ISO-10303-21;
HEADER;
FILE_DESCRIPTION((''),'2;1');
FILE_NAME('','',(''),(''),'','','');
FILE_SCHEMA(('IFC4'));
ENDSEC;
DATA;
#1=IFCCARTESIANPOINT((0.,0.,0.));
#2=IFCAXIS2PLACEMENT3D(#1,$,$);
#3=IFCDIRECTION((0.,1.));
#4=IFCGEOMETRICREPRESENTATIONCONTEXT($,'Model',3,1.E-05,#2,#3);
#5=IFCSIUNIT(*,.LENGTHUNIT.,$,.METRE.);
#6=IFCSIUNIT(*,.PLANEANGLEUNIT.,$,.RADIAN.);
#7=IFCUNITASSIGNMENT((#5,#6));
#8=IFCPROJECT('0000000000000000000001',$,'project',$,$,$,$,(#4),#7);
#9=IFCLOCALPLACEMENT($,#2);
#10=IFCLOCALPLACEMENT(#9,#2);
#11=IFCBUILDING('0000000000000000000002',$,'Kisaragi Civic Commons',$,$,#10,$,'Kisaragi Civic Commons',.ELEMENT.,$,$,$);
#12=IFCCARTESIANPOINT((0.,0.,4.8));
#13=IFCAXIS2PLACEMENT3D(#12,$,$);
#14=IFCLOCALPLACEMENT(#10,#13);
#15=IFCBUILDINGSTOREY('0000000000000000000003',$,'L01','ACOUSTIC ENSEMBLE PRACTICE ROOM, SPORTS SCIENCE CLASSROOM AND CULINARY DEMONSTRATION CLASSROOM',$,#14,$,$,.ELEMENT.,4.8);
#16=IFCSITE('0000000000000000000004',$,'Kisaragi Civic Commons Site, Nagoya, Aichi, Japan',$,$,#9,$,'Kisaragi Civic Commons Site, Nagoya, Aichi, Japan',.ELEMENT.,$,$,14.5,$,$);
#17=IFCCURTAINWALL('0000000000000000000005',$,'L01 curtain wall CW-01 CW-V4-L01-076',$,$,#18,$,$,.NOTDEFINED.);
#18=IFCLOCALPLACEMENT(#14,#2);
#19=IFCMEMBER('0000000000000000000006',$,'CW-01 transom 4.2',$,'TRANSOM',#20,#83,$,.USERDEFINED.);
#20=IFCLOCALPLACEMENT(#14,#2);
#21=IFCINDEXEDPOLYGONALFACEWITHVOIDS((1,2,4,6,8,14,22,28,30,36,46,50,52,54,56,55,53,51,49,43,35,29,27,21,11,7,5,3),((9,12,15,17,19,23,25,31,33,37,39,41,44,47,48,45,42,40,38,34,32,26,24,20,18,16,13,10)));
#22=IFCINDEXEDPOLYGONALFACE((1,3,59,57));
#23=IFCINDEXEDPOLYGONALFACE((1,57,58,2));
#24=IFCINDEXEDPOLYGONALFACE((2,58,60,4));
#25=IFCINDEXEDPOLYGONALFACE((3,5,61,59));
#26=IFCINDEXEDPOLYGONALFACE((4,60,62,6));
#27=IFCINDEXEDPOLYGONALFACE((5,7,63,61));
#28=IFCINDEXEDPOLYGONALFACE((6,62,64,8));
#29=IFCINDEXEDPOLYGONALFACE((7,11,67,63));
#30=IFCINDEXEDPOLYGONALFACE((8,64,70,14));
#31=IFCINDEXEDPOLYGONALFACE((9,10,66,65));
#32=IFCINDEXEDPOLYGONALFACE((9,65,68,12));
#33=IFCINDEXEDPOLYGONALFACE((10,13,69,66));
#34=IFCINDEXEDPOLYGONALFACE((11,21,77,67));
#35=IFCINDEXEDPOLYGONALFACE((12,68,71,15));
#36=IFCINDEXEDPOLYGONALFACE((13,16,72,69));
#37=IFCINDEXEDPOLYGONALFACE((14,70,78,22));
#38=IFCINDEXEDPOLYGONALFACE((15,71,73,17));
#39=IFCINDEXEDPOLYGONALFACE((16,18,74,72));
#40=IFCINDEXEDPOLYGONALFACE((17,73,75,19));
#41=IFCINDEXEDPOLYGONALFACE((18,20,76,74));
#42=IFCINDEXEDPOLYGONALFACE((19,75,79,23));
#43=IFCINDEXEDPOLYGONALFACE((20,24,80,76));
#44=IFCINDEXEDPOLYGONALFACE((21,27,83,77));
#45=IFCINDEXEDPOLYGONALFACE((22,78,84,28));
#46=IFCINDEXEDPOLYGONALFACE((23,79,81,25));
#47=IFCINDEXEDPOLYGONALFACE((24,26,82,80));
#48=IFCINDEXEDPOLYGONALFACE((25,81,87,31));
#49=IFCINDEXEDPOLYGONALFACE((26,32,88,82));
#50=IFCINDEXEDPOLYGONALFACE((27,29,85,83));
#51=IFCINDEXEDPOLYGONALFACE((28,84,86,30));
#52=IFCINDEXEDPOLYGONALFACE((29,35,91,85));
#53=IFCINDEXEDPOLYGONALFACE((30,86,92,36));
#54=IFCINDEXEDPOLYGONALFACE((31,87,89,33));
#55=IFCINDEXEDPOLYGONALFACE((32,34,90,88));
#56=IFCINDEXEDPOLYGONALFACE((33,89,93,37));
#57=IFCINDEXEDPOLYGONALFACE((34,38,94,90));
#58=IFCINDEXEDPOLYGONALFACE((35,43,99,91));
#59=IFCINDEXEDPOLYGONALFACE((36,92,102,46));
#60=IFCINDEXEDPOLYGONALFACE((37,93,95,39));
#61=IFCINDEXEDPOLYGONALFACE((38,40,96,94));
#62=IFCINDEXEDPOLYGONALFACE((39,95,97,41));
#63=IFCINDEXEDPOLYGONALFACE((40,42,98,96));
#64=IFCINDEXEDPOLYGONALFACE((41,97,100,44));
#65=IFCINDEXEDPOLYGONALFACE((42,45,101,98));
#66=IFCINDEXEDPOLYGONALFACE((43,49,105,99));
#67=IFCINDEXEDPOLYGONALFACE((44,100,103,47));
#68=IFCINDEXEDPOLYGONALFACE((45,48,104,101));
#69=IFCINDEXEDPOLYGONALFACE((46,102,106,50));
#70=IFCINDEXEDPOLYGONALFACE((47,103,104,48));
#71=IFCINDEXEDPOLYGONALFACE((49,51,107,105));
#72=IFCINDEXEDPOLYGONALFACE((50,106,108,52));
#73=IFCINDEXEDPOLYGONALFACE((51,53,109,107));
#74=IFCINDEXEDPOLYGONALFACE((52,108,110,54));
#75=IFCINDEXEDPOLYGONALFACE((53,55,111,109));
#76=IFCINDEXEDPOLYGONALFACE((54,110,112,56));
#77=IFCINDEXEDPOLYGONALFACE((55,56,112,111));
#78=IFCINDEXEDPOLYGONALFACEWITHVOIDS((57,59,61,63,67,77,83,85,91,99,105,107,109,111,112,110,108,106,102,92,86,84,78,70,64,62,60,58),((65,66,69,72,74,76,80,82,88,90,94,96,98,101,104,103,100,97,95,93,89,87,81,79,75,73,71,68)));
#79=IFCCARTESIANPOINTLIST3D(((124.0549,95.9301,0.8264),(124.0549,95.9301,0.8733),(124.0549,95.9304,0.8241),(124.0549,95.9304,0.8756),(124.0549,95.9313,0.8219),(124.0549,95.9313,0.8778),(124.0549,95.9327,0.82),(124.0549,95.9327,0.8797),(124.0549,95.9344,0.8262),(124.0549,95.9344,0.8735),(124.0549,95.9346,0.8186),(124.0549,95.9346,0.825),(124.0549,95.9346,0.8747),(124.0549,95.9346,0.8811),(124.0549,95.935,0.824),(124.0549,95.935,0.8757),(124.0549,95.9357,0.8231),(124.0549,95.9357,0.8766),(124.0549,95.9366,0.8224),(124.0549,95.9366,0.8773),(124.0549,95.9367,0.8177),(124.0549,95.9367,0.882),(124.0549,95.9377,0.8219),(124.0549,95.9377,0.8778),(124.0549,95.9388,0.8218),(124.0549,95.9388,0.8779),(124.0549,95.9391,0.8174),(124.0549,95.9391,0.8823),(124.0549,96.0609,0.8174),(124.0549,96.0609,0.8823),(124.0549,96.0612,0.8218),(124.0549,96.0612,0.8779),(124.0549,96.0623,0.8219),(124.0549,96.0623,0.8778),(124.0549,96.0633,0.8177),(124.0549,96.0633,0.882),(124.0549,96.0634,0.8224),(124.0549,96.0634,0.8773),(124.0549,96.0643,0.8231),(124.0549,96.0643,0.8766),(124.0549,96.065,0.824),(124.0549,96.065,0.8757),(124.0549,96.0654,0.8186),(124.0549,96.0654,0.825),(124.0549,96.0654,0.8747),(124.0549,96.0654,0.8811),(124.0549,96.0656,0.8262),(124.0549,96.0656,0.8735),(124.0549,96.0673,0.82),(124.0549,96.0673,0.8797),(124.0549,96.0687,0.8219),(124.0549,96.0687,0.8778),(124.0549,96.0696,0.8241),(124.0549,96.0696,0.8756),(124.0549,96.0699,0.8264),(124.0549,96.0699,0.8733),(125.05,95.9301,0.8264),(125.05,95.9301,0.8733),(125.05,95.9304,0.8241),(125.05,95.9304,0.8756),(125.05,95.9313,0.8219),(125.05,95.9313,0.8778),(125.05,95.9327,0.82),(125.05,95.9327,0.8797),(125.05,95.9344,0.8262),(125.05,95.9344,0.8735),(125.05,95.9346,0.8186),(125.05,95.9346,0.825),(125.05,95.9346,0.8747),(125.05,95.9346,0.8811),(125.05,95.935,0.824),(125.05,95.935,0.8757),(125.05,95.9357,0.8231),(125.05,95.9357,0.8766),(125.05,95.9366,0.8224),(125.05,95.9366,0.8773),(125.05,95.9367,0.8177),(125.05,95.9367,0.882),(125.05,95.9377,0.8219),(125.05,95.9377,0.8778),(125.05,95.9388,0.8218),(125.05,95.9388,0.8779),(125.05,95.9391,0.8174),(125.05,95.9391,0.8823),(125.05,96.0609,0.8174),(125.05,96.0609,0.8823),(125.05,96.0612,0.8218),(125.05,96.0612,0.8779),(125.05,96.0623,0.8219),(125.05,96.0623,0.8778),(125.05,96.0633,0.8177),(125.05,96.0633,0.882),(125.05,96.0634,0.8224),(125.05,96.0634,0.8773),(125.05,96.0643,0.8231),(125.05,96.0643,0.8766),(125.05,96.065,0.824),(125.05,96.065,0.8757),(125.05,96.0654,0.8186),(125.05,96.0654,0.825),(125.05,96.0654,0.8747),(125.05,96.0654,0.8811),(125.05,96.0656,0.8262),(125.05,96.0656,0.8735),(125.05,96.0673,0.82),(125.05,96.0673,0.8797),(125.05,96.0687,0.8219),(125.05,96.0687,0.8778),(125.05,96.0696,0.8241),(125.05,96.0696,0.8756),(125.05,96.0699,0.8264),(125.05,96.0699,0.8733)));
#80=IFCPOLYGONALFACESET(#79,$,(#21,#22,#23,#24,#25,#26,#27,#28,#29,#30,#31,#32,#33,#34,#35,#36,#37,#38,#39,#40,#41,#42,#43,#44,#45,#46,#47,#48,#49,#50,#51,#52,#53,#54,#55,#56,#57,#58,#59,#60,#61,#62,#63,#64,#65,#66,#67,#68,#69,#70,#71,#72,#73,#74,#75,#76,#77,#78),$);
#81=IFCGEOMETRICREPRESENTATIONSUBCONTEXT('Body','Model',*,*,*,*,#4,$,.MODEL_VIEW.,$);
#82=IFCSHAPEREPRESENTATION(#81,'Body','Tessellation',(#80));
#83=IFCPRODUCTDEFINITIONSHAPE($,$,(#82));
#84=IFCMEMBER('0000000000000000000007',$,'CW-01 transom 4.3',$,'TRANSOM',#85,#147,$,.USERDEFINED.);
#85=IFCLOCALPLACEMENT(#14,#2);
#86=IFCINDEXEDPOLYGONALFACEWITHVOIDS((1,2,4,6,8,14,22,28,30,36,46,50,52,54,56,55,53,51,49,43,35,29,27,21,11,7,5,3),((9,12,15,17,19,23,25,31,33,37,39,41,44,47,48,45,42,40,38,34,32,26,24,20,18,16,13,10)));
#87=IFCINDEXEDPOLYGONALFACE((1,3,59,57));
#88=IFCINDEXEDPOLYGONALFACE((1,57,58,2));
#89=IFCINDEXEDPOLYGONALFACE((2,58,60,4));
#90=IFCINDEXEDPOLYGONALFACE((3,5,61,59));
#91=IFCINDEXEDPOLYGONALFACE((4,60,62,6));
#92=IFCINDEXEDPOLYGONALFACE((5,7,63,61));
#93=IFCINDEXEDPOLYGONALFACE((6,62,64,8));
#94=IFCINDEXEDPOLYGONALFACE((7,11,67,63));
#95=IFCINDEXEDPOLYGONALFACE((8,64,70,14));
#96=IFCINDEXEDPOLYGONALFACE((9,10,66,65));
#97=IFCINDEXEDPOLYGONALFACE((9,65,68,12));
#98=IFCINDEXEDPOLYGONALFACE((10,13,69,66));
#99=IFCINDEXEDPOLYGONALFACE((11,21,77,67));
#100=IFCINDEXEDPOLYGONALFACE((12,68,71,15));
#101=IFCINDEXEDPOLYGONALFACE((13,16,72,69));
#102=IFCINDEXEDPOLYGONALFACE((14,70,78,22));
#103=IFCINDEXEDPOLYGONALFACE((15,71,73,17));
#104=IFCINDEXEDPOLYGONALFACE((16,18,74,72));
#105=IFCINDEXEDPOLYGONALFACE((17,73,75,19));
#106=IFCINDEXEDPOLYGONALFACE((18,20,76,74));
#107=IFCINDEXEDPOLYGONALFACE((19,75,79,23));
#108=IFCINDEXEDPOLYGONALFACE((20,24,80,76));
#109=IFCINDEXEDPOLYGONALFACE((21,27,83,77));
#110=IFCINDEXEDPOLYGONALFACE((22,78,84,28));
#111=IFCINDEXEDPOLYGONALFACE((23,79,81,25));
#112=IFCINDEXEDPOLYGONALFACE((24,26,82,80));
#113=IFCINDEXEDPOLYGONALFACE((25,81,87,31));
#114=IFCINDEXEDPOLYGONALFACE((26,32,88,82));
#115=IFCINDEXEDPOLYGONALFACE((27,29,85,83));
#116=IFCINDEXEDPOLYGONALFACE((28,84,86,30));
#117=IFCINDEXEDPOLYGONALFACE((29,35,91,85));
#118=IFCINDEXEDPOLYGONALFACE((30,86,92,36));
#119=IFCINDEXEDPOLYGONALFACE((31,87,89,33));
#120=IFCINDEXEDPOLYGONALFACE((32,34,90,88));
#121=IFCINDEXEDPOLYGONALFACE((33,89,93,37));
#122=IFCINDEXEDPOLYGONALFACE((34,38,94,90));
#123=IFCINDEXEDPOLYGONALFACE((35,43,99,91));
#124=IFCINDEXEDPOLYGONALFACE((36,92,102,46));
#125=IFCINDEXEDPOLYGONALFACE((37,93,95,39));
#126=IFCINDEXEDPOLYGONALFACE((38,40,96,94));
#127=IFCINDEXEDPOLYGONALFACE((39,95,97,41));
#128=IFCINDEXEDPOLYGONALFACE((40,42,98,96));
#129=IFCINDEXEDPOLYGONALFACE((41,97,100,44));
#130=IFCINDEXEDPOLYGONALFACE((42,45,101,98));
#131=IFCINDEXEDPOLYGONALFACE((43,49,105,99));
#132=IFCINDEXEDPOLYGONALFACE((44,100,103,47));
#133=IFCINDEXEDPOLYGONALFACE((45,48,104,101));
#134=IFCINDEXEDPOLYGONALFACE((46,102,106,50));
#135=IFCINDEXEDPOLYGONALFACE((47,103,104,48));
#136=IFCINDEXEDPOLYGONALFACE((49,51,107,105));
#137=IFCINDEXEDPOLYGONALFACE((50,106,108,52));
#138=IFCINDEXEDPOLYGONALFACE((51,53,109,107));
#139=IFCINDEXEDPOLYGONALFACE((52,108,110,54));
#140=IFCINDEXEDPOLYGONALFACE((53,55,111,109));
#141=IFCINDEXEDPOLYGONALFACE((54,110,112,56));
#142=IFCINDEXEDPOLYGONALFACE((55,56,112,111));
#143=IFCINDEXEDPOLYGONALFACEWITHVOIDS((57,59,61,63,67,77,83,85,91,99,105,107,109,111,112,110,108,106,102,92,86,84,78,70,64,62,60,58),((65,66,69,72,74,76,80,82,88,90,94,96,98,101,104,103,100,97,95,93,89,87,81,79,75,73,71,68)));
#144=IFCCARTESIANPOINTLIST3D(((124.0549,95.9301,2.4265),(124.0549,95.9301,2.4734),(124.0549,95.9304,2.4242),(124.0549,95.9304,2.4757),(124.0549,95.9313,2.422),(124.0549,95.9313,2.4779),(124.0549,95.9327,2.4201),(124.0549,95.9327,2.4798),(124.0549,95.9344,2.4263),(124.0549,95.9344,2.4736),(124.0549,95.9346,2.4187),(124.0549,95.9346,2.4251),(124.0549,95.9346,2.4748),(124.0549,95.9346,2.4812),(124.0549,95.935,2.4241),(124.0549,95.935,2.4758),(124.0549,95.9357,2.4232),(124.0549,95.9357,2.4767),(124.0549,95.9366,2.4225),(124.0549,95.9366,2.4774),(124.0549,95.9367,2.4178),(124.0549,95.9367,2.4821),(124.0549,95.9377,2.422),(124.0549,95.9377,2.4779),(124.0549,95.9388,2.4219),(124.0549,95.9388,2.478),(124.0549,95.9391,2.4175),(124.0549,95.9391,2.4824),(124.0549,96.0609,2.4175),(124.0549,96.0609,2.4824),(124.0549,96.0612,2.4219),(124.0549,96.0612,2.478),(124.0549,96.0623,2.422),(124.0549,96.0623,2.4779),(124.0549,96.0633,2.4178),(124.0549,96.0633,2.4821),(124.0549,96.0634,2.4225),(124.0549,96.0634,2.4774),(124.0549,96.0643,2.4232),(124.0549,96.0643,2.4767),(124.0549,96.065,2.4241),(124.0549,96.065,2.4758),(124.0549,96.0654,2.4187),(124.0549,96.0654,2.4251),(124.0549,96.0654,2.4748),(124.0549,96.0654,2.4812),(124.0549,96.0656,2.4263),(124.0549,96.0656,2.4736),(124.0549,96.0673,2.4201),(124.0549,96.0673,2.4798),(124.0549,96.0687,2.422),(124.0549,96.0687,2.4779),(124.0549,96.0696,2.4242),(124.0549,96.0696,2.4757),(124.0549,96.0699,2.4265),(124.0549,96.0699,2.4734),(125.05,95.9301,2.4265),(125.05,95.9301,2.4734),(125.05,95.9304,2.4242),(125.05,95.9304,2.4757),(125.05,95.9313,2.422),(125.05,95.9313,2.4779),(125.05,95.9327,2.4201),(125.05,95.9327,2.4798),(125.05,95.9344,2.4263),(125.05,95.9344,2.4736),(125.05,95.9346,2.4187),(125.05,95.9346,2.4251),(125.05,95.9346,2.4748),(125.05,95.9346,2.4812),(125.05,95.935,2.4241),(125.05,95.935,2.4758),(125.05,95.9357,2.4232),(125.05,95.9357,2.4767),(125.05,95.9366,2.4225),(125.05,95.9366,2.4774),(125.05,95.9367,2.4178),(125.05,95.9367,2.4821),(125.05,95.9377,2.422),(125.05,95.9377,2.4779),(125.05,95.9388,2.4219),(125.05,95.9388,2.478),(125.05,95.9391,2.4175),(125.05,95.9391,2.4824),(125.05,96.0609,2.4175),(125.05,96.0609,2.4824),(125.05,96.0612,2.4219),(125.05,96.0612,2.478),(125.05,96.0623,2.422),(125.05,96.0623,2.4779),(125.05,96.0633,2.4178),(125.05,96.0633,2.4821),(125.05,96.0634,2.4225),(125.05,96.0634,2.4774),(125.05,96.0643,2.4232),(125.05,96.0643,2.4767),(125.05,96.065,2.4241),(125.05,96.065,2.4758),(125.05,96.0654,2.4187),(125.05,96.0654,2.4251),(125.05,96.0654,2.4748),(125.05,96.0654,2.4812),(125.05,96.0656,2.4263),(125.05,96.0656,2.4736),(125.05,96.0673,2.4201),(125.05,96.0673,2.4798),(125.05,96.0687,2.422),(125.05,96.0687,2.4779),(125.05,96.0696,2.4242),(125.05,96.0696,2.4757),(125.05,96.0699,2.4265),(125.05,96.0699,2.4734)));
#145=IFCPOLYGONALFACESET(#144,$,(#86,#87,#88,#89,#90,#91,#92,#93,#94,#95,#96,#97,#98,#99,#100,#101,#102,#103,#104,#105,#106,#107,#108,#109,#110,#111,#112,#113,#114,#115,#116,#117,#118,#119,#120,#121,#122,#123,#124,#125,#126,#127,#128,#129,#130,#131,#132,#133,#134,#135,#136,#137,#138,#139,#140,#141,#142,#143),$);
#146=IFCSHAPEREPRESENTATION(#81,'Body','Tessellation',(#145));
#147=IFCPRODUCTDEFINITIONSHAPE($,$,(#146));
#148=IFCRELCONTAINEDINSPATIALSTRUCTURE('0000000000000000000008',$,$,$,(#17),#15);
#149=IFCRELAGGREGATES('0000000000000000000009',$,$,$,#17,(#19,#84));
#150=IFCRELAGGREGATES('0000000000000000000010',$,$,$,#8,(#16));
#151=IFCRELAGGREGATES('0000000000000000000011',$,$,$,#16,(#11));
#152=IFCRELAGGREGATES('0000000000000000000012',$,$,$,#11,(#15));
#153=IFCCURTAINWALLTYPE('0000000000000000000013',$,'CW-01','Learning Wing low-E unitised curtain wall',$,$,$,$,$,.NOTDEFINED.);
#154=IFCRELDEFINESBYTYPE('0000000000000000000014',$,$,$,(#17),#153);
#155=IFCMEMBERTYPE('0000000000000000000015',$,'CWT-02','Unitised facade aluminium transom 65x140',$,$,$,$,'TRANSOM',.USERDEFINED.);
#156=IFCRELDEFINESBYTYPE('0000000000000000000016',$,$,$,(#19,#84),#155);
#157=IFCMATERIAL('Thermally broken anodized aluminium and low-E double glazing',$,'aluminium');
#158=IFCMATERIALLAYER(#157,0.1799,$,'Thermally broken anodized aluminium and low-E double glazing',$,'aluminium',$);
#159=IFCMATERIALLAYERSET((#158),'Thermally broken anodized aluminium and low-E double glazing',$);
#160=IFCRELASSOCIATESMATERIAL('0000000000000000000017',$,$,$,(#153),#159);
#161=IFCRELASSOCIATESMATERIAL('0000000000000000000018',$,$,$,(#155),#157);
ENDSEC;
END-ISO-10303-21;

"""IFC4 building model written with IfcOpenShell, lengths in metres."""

from ifc_helpers import new_model, si_unit, direction, frame, origin, origin_2d, place, context, subcontext, project, spatial, hollow_rectangle, extrude, material, layer, layer_set, material_profile, profile_set, type_object, element, aggregate, save


model = new_model("IFC4")

# Units and contexts
model_context = context("Model", 3, precision=1e-05, world=origin(), true_north=direction((0.0, 1.0)))
body_context = subcontext(model_context, "Body", "Model", "MODEL_VIEW")
ifc_project = project(units=[si_unit("LENGTHUNIT", "METRE"), si_unit("PLANEANGLEUNIT", "RADIAN")], contexts=[model_context])

# Site, building, storey
site_placement = place(None, origin())
site = spatial("IfcSite", under=ifc_project, at=site_placement, Name="Kisaragi Civic Commons Site, Nagoya, Aichi, Japan", LongName="Kisaragi Civic Commons Site, Nagoya, Aichi, Japan", CompositionType="ELEMENT", RefElevation=14.5)
building_placement = place(site_placement, origin())
building = spatial("IfcBuilding", under=site, at=building_placement, Name="Kisaragi Civic Commons", LongName="Kisaragi Civic Commons", CompositionType="ELEMENT")
storey_placement = place(building_placement, frame((0.0, 0.0, 4.8)))
storey = spatial("IfcBuildingStorey", under=building, at=storey_placement, Name="L01", Description="ACOUSTIC ENSEMBLE PRACTICE ROOM, SPORTS SCIENCE CLASSROOM AND CULINARY DEMONSTRATION CLASSROOM", CompositionType="ELEMENT", Elevation=4.8)

# Curtain wall, members
ifc_material_1 = material(Name="Thermally broken anodized aluminium and low-E double glazing", Category="aluminium")
ifc_layer_1 = layer(ifc_material_1, 0.1799, Name="Thermally broken anodized aluminium and low-E double glazing", Category="aluminium")
ifc_layer_set_1 = layer_set([ifc_layer_1], Name="Thermally broken anodized aluminium and low-E double glazing")
curtain_wall_type = type_object("IfcCurtainWallType", Name="CW-01", Description="Learning Wing low-E unitised curtain wall", PredefinedType="NOTDEFINED", material=ifc_layer_set_1)
curtain_wall_placement = place(storey_placement, origin())
curtain_wall = element("IfcCurtainWall", 1, at=curtain_wall_placement, inside=storey, type_object=curtain_wall_type, Name="L01 curtain wall CW-01 CW-V4-L01-076", PredefinedType="NOTDEFINED")
ifc_material_profile_1 = material_profile(ifc_material_1, hollow_rectangle(XDim=0.1399, YDim=0.0649, WallThickness=0.0044, InnerFilletRadius=0.0044, OuterFilletRadius=0.009, at=origin_2d()), Name="CWT-65x140x4.5", Category="aluminium")
ifc_profile_set_1 = profile_set([ifc_material_profile_1], Name="Thermally broken anodized aluminium and low-E double glazing")
member_type_1 = type_object("IfcMemberType", Name="CWT-02", Description="Unitised facade aluminium transom 65x140", ElementType="TRANSOM", PredefinedType="USERDEFINED", material=ifc_profile_set_1)
member_1_placement = place(storey_placement, frame((125.05, 96.0, 0.8499), z_axis=(-1.0, 0.0, 0.0), x_axis=(0.0, -1.0, 0.0)))
member_1 = element("IfcMember", 2, at=member_1_placement, type_object=member_type_1, Name="CW-01 transom 4.2", ObjectType="TRANSOM", PredefinedType="USERDEFINED", context=body_context, shape_type="SweptSolid", body=[
    extrude(hollow_rectangle(XDim=0.1399, YDim=0.0649, WallThickness=0.0044, InnerFilletRadius=0.0044, OuterFilletRadius=0.009, at=origin_2d()), origin(), (0.0, 0.0, 1.0), 0.9951),
])
member_2_placement = place(storey_placement, frame((125.05, 96.0, 2.45), z_axis=(-1.0, 0.0, 0.0), x_axis=(0.0, -1.0, 0.0)))
member_2 = element("IfcMember", 3, at=member_2_placement, type_object=member_type_1, Name="CW-01 transom 4.3", ObjectType="TRANSOM", PredefinedType="USERDEFINED", context=body_context, shape_type="SweptSolid", body=[
    extrude(hollow_rectangle(XDim=0.1399, YDim=0.0649, WallThickness=0.0044, InnerFilletRadius=0.0044, OuterFilletRadius=0.009, at=origin_2d()), origin(), (0.0, 0.0, 1.0), 0.9951),
])

aggregate(curtain_wall, [member_1, member_2])

save(model, "model.ifc")
